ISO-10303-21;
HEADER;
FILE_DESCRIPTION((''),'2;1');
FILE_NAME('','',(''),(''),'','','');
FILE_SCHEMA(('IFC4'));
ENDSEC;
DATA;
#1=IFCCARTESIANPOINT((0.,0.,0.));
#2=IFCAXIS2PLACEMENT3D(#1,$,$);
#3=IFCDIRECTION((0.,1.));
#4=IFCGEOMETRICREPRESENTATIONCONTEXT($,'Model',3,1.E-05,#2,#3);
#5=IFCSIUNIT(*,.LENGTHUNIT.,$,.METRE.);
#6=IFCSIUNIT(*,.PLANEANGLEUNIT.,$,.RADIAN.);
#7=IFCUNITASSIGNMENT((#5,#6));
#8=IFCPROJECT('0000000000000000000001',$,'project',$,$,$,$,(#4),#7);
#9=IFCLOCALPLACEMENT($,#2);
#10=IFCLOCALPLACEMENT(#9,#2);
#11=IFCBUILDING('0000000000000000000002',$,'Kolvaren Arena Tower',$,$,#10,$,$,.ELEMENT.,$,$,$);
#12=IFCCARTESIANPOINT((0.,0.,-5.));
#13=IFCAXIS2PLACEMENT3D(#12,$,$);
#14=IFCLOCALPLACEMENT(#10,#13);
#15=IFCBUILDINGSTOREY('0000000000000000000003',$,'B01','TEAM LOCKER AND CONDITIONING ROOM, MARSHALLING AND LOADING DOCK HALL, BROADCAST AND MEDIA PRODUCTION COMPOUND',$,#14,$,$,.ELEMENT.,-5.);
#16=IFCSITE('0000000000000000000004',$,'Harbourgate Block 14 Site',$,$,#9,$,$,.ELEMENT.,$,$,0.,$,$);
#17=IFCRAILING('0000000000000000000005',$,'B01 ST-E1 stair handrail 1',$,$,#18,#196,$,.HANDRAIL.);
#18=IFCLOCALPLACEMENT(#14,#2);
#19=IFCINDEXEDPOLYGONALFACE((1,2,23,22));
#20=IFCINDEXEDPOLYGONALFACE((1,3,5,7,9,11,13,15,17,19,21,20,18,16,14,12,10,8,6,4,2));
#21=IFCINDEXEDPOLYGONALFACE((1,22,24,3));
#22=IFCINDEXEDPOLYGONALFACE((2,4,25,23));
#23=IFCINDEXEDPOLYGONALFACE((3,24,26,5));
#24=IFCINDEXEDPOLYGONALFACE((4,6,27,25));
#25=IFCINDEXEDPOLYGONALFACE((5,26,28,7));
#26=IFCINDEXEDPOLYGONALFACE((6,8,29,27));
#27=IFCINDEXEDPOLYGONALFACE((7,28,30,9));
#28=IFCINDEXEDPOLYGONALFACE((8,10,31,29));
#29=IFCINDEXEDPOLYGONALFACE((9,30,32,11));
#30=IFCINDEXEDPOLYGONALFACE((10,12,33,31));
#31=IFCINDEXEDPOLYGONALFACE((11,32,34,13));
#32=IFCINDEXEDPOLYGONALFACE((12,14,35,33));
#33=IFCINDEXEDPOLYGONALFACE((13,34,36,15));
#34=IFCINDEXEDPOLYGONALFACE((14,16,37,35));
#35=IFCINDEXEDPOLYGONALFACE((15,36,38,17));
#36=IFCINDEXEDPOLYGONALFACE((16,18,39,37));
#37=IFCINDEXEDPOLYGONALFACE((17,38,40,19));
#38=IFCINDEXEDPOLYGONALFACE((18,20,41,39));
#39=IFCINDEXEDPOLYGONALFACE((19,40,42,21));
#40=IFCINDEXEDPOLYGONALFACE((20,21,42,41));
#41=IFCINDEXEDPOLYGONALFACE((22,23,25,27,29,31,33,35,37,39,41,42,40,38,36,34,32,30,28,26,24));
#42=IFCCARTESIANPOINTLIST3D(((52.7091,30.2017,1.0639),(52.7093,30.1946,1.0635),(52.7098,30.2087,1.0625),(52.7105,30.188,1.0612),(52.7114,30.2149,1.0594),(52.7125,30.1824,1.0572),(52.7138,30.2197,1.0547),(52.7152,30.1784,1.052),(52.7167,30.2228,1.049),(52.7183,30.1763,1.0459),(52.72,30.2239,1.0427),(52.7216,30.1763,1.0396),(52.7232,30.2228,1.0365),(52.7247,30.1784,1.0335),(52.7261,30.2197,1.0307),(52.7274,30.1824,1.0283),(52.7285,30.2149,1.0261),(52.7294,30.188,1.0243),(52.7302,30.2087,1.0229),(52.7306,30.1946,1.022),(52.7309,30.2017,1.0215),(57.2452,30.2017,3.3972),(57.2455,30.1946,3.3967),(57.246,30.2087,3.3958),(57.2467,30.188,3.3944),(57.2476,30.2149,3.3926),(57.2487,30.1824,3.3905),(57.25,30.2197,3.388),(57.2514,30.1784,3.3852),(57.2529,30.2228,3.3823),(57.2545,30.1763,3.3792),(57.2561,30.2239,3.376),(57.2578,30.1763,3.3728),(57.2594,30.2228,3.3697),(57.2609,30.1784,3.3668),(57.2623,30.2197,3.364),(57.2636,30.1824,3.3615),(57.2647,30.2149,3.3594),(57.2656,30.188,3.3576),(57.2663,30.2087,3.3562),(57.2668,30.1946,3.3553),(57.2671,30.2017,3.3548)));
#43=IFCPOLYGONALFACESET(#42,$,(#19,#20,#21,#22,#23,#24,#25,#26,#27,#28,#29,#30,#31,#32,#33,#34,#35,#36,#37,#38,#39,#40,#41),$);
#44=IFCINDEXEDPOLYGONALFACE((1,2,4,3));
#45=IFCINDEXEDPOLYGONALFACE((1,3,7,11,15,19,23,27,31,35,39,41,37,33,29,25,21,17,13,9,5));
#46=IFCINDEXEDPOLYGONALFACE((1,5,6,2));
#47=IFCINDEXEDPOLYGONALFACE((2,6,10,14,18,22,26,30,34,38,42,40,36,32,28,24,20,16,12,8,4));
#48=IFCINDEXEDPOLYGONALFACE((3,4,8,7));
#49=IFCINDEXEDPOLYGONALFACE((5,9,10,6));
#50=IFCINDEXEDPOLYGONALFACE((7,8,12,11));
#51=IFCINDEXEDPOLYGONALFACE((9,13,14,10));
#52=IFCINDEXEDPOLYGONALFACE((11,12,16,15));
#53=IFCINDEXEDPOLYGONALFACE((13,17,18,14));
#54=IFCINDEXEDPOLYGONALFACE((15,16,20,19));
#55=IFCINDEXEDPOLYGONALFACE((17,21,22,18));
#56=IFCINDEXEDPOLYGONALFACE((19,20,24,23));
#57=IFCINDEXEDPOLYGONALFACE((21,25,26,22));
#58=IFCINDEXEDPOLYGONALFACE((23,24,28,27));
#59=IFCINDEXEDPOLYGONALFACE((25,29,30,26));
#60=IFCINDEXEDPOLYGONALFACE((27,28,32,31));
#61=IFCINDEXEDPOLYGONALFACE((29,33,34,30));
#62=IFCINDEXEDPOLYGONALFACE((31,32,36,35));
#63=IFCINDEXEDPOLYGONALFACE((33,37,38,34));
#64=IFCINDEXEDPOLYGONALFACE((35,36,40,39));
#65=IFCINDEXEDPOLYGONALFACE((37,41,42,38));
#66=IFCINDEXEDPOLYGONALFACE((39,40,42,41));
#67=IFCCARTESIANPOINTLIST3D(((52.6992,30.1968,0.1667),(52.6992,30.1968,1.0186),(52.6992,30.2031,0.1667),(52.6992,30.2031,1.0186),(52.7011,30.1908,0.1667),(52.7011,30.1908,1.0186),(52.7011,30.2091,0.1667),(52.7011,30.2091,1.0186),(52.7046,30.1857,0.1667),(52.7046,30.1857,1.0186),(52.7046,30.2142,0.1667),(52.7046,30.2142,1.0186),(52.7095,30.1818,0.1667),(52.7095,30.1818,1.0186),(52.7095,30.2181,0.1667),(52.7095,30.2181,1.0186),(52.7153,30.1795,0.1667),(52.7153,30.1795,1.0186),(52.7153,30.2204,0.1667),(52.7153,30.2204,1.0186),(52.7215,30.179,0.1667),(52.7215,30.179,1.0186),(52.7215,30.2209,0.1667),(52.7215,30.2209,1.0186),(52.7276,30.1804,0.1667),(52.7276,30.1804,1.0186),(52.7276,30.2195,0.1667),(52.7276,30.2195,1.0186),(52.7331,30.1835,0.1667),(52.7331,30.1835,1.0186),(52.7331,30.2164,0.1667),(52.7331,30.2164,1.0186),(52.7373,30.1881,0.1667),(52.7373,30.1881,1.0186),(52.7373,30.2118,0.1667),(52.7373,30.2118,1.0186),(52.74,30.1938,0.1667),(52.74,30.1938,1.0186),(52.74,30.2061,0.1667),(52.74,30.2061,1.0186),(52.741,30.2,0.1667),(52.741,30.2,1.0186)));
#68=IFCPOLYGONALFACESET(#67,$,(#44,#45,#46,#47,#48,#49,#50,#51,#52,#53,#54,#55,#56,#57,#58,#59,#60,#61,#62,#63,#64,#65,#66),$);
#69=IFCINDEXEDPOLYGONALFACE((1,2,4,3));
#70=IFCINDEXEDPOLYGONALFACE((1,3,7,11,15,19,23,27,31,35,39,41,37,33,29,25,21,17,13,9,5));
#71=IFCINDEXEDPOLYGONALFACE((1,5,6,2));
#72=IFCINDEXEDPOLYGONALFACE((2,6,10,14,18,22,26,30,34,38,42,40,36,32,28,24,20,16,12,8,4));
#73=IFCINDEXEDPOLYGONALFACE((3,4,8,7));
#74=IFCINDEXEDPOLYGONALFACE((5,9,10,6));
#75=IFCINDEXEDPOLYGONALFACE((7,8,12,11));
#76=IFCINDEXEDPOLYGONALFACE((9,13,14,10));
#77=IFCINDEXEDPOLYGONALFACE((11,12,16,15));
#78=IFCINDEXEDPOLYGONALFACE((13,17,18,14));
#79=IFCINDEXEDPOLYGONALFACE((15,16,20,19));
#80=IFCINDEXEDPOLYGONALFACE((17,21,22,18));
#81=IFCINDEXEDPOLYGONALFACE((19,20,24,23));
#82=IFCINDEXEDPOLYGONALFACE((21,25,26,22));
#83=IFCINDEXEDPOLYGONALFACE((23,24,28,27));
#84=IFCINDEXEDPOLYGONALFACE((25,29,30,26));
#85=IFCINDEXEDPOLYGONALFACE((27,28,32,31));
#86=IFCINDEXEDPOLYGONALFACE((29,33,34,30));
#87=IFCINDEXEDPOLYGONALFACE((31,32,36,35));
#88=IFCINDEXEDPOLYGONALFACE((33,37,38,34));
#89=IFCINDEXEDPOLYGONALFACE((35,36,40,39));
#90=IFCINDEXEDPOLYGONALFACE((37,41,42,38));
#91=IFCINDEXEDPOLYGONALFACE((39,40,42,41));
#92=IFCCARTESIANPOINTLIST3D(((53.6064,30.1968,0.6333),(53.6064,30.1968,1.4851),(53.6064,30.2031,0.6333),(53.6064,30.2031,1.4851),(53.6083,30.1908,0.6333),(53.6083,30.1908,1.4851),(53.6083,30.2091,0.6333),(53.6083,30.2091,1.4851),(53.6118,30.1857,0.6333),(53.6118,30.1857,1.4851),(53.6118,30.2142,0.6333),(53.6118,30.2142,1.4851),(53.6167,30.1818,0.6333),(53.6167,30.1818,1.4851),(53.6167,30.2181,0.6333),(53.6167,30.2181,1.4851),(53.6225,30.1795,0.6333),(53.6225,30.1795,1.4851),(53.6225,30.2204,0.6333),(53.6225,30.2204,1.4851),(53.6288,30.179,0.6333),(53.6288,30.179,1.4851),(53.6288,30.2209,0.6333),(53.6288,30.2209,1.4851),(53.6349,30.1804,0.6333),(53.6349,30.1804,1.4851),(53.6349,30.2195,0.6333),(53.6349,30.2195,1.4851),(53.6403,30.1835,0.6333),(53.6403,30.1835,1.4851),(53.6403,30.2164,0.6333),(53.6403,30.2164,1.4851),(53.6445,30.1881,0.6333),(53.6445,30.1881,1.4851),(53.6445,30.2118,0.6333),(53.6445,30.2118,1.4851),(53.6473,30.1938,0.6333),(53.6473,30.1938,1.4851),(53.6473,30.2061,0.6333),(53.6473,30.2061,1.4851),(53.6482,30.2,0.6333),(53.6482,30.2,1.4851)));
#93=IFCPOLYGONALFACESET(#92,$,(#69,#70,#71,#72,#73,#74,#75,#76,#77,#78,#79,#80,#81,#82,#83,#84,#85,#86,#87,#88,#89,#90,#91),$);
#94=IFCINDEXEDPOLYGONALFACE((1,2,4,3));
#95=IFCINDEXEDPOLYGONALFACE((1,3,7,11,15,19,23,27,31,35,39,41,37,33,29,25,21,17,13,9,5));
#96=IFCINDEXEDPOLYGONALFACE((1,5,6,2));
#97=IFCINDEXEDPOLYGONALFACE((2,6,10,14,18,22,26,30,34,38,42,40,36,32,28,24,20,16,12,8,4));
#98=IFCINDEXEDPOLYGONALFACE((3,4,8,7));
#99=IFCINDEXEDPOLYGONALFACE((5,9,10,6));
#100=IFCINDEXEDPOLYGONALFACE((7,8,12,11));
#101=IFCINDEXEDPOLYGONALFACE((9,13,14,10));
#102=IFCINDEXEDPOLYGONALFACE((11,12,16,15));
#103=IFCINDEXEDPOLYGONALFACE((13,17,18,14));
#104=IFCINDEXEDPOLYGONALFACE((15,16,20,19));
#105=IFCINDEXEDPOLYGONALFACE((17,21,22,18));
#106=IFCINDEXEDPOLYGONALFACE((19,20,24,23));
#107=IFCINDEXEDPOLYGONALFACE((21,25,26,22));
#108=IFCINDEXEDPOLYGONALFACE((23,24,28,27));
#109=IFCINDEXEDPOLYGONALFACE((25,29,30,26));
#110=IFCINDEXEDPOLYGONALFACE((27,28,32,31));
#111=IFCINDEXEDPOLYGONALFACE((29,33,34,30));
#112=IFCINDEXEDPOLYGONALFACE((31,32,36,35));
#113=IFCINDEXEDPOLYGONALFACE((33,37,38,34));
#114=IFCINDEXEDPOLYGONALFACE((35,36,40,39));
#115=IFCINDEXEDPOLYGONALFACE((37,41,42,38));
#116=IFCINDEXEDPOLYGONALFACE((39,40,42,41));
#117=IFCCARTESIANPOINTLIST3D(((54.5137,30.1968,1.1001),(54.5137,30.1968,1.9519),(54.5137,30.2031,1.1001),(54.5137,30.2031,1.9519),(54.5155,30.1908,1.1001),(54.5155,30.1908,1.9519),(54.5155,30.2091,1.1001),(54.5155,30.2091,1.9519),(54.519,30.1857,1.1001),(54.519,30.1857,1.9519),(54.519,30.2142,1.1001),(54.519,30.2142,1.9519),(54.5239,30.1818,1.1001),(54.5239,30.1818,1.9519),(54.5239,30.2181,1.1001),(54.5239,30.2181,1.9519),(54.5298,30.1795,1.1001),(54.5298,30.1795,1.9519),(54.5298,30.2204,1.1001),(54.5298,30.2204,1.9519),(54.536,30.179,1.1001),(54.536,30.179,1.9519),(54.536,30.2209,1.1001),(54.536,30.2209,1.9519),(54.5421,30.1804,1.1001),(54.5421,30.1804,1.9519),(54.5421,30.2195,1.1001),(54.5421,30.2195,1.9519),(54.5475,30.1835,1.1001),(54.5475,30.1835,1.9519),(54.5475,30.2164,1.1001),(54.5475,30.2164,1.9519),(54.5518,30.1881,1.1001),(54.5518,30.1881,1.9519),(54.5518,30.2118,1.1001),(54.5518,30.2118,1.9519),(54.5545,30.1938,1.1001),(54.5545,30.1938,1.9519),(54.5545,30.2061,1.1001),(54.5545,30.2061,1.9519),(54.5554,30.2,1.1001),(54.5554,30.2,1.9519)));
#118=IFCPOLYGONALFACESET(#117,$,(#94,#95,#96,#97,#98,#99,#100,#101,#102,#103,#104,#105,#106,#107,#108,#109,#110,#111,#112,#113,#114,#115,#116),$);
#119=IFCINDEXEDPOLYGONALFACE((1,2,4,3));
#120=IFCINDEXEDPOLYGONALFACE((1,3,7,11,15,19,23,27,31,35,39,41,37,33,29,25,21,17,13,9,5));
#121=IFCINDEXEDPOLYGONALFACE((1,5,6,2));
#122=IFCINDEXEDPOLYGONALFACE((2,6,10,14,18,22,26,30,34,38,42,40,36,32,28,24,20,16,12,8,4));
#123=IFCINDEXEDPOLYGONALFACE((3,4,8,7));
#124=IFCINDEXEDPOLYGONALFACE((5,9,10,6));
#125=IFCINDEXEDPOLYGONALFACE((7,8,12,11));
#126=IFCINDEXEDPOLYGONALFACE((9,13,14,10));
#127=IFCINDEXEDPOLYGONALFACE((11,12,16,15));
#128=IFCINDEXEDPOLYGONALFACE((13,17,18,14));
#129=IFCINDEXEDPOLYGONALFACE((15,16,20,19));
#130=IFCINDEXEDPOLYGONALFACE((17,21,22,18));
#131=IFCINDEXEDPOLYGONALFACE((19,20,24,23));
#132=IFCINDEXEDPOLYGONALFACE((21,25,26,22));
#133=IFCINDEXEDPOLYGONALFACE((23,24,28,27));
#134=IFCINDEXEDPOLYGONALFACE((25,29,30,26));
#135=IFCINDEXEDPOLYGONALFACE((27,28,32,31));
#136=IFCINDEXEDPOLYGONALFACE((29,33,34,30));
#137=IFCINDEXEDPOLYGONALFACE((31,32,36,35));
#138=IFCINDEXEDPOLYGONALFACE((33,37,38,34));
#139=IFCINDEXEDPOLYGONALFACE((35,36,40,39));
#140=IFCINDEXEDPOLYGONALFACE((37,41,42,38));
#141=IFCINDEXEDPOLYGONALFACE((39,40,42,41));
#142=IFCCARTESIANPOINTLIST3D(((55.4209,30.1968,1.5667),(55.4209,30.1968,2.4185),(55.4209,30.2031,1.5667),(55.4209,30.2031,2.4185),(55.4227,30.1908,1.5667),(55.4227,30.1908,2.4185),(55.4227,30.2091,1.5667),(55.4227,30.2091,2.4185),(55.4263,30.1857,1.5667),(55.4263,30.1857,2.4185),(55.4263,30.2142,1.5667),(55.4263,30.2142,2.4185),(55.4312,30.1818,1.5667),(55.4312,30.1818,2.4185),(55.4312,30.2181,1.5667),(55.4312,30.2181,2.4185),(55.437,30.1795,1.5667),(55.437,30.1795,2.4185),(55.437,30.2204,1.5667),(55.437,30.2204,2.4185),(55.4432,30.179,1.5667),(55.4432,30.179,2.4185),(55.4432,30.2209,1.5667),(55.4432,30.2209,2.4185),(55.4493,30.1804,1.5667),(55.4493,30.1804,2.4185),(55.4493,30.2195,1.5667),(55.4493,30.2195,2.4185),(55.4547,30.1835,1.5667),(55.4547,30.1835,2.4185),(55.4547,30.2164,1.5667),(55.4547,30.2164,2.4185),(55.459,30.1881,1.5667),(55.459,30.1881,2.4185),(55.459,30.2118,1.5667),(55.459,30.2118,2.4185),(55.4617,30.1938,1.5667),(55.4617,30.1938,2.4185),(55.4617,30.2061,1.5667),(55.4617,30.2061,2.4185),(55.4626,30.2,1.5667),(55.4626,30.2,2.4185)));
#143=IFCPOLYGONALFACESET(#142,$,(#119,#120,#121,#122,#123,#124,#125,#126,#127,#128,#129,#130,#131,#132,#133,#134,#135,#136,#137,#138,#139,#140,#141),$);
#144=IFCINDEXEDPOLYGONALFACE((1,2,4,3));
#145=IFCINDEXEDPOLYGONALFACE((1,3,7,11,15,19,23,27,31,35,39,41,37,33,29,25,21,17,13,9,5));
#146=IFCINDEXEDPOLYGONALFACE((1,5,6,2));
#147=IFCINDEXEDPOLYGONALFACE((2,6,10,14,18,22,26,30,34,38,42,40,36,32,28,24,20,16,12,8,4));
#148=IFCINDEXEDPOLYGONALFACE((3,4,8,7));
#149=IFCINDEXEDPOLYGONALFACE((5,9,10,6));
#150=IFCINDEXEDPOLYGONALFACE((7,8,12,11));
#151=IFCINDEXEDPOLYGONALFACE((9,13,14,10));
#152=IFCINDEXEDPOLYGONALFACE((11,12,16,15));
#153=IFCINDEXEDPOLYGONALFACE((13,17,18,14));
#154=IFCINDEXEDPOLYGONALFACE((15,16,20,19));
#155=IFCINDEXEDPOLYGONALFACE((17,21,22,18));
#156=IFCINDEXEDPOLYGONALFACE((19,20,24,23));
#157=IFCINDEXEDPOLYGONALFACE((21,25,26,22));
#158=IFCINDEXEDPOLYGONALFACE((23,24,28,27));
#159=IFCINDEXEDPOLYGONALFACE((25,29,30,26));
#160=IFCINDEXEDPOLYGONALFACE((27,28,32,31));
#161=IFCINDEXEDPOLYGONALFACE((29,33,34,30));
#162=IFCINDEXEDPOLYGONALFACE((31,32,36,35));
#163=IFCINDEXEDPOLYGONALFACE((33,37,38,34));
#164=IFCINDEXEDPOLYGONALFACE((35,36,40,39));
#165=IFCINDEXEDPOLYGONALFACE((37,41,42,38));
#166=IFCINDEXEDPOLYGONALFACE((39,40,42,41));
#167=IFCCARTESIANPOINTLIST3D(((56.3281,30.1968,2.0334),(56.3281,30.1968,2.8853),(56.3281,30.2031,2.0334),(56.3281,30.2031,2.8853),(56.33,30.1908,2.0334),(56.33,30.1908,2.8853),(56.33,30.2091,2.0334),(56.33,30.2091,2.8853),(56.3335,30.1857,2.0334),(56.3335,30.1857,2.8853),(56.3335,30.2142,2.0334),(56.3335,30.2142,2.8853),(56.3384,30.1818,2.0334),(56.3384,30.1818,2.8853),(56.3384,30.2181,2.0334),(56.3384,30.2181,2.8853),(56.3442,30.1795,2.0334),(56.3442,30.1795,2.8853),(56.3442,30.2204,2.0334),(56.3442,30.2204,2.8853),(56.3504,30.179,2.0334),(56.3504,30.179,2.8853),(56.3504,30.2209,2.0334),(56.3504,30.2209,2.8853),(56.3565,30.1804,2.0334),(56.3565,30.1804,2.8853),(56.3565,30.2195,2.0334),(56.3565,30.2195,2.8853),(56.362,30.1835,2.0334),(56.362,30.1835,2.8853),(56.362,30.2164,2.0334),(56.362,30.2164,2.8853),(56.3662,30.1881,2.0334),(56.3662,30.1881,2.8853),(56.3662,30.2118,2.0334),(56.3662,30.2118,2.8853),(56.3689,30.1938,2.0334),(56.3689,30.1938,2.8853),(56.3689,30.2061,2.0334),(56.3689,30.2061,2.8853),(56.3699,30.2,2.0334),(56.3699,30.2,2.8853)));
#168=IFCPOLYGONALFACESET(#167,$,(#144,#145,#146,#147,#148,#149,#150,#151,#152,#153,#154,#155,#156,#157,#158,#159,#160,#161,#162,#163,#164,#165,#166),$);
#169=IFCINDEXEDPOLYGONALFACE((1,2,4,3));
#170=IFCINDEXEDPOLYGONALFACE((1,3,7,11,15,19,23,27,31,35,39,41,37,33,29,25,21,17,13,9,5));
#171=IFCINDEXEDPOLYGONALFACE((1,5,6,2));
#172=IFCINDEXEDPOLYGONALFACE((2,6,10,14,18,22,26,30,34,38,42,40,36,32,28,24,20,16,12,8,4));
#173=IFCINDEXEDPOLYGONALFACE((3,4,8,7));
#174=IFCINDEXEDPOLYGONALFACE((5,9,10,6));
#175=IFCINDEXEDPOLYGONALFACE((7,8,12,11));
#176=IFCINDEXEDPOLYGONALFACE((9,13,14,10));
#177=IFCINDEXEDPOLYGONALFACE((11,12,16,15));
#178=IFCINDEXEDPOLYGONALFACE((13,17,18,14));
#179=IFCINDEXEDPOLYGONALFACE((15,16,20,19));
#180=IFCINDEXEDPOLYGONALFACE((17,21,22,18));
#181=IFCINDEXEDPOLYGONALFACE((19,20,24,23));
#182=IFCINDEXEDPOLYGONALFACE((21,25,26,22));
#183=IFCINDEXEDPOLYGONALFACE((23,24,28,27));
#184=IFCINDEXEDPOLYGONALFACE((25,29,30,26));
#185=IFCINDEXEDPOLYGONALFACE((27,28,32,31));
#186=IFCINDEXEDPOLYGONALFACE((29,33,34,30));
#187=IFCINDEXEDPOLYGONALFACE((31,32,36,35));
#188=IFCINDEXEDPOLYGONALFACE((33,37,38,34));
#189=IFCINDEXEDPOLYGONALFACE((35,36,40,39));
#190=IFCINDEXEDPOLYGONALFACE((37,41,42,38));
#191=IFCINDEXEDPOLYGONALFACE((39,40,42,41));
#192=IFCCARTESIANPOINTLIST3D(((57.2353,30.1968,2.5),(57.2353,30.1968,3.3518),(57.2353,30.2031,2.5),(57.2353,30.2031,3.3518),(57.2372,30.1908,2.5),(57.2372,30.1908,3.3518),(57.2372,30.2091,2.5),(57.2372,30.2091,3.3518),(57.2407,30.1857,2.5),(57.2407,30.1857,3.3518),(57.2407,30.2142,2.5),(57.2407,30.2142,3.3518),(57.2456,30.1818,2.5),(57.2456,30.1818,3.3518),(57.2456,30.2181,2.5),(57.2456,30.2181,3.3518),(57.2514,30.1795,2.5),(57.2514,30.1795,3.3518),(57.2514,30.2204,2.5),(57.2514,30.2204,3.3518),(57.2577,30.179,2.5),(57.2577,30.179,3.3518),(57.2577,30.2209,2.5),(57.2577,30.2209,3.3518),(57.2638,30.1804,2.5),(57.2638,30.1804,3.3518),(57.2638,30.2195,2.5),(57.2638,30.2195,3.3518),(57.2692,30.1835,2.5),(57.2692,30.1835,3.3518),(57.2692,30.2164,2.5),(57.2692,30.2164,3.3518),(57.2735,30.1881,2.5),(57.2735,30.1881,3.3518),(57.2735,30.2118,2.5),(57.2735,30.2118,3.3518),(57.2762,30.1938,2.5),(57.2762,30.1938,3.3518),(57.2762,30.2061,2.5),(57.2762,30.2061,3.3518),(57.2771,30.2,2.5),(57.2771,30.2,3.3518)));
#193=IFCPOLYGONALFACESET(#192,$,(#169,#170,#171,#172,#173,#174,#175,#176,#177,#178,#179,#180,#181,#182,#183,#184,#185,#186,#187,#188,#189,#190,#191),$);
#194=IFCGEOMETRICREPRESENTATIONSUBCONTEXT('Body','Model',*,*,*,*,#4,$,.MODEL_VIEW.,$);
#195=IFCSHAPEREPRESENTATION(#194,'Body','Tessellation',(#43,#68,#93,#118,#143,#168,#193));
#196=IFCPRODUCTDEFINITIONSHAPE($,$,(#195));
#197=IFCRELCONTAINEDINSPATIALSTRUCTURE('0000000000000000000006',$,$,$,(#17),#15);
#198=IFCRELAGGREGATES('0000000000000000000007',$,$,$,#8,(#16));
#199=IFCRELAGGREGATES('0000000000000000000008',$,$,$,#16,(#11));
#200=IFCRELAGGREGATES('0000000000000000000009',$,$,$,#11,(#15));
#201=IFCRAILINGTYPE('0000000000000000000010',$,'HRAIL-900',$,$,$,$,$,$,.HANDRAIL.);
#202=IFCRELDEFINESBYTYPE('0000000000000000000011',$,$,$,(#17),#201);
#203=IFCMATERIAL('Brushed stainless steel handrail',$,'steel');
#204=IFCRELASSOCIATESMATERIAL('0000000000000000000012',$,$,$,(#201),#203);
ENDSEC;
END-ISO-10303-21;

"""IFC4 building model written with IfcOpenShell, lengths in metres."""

from ifc_helpers import new_model, si_unit, direction, frame, origin, origin_2d, place, context, subcontext, project, spatial, circle, extrude, material, type_object, element, save


model = new_model("IFC4")

# Units and contexts
model_context = context("Model", 3, precision=1e-05, world=origin(), true_north=direction((0.0, 1.0)))
body_context = subcontext(model_context, "Body", "Model", "MODEL_VIEW")
ifc_project = project(units=[si_unit("LENGTHUNIT", "METRE"), si_unit("PLANEANGLEUNIT", "RADIAN")], contexts=[model_context])

# Site, building, storey
site_placement = place(None, origin())
site = spatial("IfcSite", under=ifc_project, at=site_placement, Name="Harbourgate Block 14 Site", CompositionType="ELEMENT", RefElevation=0.0)
building_placement = place(site_placement, origin())
building = spatial("IfcBuilding", under=site, at=building_placement, Name="Kolvaren Arena Tower", CompositionType="ELEMENT")
storey_placement = place(building_placement, frame((0.0, 0.0, -5.0)))
storey = spatial("IfcBuildingStorey", under=building, at=storey_placement, Name="B01", Description="TEAM LOCKER AND CONDITIONING ROOM, MARSHALLING AND LOADING DOCK HALL, BROADCAST AND MEDIA PRODUCTION COMPOUND", CompositionType="ELEMENT", Elevation=-5.0)

# Railing
ifc_material_1 = material(Name="Brushed stainless steel handrail", Category="steel")
railing_type_1 = type_object("IfcRailingType", Name="HRAIL-900", PredefinedType="HANDRAIL", material=ifc_material_1)
for number, where, name in (
    (1, (52.72, 30.2, 0.1667), "B01 ST-E1 stair handrail 1"),
):
    element("IfcRailing", number, at=place(storey_placement, frame(where)), inside=storey, type_object=railing_type_1, Name=name, PredefinedType="HANDRAIL", context=body_context, shape_type="SweptSolid", body=[
        extrude(circle(Radius=0.0239, at=origin_2d()), frame((0.0, 0.0, 0.876), z_axis=(0.889257, 0.0, 0.457407), x_axis=(0.0, 1.0, 0.0)), (0.0, 0.0, 1.0), 5.1011),
        extrude(circle(Radius=0.021, at=origin_2d()), origin(), (0.0, 0.0, 1.0), 0.8518),
        extrude(circle(Radius=0.021, at=origin_2d()), frame((0.9072, 0.0, 0.4666)), (0.0, 0.0, 1.0), 0.8518),
        extrude(circle(Radius=0.021, at=origin_2d()), frame((1.8145, 0.0, 0.9333)), (0.0, 0.0, 1.0), 0.8518),
        extrude(circle(Radius=0.021, at=origin_2d()), frame((2.7217, 0.0, 1.3999)), (0.0, 0.0, 1.0), 0.8518),
        extrude(circle(Radius=0.021, at=origin_2d()), frame((3.6289, 0.0, 1.8667)), (0.0, 0.0, 1.0), 0.8518),
        extrude(circle(Radius=0.021, at=origin_2d()), frame((4.5361, 0.0, 2.3333)), (0.0, 0.0, 1.0), 0.8518),
    ])

save(model, "model.ifc")
